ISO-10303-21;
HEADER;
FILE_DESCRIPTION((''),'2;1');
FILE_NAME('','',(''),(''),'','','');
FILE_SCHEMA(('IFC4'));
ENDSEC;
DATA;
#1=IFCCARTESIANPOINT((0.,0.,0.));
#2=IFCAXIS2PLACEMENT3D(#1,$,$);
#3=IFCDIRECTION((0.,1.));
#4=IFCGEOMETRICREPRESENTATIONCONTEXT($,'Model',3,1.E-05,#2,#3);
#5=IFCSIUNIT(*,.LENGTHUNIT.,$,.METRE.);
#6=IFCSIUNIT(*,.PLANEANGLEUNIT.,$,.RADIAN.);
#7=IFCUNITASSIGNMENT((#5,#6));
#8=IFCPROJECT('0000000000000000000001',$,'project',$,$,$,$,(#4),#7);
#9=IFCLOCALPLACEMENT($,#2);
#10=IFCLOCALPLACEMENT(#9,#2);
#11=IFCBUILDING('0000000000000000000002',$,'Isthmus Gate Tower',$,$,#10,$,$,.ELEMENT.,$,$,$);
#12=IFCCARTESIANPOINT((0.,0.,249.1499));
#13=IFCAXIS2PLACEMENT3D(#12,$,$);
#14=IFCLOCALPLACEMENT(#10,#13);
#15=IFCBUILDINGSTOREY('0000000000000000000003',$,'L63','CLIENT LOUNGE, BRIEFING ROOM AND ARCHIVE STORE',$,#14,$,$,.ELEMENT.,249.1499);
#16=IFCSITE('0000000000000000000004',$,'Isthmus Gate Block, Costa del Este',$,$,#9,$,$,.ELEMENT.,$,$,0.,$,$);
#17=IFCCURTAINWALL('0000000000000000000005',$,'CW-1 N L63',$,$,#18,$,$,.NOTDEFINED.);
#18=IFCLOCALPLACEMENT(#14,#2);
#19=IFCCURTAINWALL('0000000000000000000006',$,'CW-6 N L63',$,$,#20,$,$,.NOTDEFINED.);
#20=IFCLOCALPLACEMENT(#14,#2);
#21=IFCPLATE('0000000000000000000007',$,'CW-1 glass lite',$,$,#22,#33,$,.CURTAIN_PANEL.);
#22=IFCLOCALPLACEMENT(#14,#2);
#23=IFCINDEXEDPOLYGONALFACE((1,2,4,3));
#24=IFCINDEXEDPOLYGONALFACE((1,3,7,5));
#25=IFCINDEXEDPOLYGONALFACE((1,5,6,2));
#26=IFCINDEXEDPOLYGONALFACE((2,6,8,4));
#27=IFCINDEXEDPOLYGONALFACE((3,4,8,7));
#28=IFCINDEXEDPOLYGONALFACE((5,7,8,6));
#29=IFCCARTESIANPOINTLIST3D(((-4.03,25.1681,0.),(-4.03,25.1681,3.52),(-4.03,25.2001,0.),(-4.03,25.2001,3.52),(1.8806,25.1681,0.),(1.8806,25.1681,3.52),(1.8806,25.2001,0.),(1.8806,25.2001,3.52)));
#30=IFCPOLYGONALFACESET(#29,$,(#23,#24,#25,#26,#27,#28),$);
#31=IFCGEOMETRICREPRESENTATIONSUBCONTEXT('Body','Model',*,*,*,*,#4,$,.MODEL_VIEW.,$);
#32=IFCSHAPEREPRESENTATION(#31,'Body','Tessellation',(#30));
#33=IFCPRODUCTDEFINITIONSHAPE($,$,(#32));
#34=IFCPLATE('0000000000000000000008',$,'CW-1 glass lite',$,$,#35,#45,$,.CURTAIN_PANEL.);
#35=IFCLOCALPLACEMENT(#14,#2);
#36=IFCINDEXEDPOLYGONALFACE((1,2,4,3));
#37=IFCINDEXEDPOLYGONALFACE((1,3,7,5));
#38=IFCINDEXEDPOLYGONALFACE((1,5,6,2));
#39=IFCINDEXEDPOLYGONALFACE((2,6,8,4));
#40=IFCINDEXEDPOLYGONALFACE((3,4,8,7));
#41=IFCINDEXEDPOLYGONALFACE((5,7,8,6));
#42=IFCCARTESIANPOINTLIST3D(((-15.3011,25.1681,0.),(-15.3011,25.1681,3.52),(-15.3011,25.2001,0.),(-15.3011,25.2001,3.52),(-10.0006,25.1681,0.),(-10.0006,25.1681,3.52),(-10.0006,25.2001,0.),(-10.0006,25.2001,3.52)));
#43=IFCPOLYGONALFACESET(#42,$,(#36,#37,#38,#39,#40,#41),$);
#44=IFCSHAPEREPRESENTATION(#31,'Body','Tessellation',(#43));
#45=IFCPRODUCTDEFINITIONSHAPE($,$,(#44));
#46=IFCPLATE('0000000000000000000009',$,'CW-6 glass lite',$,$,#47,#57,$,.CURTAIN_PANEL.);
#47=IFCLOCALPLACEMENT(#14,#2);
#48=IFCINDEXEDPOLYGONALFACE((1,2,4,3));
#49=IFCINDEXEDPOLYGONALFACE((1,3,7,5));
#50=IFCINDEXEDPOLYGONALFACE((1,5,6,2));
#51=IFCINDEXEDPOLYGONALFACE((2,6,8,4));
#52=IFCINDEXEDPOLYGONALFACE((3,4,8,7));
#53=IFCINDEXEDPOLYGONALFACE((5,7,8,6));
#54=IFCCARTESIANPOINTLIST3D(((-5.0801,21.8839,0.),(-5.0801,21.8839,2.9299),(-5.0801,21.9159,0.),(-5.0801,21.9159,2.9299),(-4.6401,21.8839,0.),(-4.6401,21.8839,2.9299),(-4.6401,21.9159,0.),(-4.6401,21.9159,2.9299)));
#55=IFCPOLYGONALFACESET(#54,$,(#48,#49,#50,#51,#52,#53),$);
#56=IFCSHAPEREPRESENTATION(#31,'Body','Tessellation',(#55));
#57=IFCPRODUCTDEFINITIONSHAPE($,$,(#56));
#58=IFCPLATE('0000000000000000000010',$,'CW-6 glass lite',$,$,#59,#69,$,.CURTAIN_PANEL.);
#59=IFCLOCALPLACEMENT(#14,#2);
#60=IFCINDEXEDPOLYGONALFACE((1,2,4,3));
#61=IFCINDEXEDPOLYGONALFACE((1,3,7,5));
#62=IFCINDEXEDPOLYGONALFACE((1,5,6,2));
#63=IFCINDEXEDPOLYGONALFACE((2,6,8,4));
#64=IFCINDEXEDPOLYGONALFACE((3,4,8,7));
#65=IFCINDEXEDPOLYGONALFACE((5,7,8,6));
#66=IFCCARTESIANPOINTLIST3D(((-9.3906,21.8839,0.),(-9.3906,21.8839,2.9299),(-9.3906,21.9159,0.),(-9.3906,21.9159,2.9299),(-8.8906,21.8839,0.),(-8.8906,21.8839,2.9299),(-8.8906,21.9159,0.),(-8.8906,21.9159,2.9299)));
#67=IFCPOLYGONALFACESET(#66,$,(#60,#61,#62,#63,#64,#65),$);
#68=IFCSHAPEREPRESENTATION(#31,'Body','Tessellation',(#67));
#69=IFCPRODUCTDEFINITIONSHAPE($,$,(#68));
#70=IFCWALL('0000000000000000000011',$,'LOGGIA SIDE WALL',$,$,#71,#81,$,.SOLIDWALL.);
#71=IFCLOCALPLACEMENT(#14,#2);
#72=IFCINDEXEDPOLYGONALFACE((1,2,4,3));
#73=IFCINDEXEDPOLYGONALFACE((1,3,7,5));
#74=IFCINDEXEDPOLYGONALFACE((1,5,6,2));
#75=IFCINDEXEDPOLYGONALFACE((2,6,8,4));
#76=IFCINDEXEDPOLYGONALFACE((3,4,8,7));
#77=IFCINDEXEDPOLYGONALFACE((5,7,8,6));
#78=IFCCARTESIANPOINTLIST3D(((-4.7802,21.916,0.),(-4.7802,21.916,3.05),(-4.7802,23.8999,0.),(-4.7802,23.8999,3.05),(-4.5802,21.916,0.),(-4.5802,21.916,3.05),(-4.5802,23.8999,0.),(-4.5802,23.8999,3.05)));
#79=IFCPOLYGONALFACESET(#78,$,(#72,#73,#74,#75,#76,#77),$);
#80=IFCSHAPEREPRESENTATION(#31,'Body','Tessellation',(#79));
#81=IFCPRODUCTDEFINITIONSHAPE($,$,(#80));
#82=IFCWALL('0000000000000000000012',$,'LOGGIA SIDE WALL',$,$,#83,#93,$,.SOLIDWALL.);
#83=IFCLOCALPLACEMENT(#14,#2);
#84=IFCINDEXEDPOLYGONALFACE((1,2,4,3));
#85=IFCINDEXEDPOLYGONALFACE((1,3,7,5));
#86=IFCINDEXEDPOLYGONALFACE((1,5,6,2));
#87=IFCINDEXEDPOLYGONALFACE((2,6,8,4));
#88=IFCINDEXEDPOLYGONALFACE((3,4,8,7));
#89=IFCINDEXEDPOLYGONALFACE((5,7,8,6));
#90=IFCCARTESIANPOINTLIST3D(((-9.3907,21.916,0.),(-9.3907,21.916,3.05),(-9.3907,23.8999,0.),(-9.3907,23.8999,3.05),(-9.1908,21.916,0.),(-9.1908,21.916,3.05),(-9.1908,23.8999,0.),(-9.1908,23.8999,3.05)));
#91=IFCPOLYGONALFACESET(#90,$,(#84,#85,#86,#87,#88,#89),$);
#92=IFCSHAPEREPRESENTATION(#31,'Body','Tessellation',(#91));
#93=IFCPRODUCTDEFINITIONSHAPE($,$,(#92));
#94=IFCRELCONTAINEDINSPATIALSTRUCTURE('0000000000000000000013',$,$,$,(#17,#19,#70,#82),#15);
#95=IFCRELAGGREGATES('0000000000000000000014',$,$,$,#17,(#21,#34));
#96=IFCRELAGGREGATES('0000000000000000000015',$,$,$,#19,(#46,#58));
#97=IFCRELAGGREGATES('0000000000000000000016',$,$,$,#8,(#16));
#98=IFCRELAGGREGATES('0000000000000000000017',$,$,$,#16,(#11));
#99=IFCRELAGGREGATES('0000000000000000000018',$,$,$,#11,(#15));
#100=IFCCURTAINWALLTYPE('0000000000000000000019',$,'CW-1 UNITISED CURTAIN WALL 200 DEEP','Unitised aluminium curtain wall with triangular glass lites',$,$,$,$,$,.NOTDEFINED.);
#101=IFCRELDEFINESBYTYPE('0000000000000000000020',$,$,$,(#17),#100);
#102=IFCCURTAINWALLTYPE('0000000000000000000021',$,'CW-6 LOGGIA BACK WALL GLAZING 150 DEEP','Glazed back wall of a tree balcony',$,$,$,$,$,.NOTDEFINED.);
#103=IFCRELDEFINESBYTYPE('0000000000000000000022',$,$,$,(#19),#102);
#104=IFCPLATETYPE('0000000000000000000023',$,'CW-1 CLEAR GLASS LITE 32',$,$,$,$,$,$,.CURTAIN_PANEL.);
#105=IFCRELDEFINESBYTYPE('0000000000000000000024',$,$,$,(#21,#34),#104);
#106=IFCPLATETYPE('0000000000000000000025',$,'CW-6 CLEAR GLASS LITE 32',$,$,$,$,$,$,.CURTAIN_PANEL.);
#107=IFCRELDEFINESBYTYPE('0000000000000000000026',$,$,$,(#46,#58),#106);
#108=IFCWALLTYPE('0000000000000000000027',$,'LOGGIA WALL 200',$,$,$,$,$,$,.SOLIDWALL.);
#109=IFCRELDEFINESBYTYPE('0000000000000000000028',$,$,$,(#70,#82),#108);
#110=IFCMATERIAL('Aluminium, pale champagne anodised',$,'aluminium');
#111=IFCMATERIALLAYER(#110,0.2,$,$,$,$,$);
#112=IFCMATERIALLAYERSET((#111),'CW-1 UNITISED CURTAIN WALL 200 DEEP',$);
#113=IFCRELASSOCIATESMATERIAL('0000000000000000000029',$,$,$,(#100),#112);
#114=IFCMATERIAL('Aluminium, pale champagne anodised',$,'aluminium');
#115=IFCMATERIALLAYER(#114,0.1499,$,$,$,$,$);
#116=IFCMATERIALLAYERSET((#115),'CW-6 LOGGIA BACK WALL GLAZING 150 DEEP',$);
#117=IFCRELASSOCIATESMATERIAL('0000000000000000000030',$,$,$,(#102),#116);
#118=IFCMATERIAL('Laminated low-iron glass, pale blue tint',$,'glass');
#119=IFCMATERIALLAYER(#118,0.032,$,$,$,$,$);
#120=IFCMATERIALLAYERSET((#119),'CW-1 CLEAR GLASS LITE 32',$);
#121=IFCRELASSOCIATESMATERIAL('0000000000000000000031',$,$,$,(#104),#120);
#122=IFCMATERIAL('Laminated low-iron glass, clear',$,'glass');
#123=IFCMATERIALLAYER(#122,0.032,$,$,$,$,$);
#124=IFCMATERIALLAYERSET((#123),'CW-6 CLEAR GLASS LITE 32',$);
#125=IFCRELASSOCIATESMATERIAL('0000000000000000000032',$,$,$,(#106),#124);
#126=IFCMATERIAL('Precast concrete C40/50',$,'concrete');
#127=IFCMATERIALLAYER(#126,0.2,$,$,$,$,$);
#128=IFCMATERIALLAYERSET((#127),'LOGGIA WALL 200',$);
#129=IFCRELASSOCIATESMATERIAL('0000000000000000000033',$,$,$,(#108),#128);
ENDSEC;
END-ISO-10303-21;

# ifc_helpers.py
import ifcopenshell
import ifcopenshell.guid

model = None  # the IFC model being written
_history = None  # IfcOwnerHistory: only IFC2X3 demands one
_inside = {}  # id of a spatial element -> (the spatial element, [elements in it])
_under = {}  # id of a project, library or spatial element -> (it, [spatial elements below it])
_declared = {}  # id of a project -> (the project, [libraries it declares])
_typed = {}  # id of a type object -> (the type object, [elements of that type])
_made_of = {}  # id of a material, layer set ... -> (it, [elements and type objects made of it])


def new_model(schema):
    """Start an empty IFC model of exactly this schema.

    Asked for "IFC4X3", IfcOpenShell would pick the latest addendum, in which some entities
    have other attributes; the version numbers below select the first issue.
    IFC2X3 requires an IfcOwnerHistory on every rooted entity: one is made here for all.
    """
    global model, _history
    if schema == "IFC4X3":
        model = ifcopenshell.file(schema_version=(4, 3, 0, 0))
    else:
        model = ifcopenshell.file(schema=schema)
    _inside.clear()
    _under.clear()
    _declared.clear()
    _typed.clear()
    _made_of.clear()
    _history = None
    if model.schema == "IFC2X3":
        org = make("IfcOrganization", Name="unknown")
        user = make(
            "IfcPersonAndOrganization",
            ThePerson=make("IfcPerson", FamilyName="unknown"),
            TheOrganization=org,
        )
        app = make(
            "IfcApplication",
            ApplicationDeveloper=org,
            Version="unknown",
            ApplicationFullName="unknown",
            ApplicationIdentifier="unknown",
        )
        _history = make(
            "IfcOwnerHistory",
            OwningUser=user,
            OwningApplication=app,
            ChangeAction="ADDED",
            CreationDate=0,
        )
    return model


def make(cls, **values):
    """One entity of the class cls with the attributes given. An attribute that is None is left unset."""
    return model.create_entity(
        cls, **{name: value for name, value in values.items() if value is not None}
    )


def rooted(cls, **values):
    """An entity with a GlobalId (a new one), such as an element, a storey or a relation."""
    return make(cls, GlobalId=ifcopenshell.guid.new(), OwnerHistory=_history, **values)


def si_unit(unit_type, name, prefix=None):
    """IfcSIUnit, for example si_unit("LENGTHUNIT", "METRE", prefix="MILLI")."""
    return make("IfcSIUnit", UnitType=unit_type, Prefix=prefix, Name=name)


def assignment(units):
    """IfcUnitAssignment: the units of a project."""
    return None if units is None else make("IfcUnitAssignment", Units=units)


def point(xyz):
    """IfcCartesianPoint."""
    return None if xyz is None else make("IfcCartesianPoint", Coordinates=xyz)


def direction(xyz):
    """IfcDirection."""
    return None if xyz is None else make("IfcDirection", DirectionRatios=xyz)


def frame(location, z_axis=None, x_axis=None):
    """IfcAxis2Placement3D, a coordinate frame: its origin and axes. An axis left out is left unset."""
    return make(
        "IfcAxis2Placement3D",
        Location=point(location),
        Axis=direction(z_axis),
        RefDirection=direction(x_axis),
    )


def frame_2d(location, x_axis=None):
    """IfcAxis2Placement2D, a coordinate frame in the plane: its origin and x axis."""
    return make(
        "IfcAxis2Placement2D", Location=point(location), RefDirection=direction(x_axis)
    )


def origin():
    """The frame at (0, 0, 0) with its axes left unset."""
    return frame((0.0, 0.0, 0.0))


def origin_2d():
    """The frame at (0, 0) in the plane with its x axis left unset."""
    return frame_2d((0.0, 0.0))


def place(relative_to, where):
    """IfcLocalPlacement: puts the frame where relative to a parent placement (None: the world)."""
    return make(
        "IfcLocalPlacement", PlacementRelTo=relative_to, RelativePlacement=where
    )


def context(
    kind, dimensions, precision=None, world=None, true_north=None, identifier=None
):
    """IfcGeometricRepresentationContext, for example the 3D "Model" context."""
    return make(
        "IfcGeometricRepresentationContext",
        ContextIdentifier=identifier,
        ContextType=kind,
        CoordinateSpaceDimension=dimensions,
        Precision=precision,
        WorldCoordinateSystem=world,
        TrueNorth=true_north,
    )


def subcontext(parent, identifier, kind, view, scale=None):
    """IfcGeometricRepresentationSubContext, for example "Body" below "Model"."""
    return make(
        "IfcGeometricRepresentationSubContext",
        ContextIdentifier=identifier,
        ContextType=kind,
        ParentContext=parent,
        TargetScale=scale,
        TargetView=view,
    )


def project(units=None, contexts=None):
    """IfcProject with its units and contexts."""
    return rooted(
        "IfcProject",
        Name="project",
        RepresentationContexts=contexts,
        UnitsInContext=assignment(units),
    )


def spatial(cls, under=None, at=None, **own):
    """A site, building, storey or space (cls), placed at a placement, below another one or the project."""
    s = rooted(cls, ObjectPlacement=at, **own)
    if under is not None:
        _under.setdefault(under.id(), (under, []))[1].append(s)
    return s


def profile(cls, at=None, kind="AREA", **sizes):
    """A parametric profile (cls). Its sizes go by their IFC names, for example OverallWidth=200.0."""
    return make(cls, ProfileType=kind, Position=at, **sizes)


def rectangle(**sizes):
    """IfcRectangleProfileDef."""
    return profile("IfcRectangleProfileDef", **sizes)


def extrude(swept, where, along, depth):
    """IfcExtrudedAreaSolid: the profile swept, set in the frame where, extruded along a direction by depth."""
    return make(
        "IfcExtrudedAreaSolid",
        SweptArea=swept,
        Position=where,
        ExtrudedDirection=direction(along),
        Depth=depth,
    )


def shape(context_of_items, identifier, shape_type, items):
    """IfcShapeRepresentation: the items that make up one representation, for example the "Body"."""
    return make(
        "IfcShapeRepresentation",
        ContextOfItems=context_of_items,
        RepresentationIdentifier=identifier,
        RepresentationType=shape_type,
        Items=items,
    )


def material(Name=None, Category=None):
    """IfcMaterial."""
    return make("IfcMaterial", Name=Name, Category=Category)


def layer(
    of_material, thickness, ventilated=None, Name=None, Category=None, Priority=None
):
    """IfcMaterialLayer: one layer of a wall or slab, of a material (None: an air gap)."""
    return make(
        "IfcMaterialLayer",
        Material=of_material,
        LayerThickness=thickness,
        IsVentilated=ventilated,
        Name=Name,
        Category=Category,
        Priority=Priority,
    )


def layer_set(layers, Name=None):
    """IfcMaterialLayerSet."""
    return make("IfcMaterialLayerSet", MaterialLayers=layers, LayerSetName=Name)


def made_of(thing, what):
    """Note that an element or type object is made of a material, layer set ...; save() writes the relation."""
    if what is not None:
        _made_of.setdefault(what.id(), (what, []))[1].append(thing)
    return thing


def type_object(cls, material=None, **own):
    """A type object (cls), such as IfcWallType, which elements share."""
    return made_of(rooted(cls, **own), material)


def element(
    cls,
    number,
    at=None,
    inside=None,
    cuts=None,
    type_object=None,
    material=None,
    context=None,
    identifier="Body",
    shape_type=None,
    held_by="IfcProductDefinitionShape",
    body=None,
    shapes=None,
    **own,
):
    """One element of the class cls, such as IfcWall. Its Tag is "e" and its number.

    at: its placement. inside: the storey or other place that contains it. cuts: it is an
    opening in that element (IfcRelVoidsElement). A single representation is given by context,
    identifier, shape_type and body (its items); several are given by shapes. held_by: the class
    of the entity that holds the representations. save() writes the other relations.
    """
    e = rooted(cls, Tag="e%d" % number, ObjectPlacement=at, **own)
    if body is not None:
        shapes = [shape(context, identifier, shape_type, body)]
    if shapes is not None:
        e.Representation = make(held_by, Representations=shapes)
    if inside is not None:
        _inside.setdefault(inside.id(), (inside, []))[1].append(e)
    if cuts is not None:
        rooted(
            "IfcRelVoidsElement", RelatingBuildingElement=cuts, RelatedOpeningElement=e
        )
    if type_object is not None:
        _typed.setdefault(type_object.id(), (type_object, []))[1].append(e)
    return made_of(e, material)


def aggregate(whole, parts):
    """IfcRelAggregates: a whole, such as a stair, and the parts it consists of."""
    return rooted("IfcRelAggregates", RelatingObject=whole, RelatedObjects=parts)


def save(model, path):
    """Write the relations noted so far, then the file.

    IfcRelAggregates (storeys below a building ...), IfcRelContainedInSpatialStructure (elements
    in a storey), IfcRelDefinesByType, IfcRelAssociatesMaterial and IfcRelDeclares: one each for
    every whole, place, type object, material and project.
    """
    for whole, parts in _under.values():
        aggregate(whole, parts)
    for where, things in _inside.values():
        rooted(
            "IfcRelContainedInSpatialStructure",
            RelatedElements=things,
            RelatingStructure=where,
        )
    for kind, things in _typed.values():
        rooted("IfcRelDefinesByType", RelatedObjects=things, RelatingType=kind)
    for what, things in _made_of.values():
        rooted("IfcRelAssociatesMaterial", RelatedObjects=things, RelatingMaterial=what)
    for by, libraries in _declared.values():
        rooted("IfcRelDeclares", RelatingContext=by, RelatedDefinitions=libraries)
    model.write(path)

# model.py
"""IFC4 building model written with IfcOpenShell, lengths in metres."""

from ifc_helpers import new_model, si_unit, direction, frame, frame_2d, origin, origin_2d, place, context, subcontext, project, spatial, rectangle, extrude, material, layer, layer_set, type_object, element, aggregate, save


model = new_model("IFC4")

# Units and contexts
model_context = context("Model", 3, precision=1e-05, world=origin(), true_north=direction((0.0, 1.0)))
body_context = subcontext(model_context, "Body", "Model", "MODEL_VIEW")
ifc_project = project(units=[si_unit("LENGTHUNIT", "METRE"), si_unit("PLANEANGLEUNIT", "RADIAN")], contexts=[model_context])

# Site, building, storey
site_placement = place(None, origin())
site = spatial("IfcSite", under=ifc_project, at=site_placement, Name="Isthmus Gate Block, Costa del Este", CompositionType="ELEMENT", RefElevation=0.0)
building_placement = place(site_placement, origin())
building = spatial("IfcBuilding", under=site, at=building_placement, Name="Isthmus Gate Tower", CompositionType="ELEMENT")
storey_placement = place(building_placement, frame((0.0, 0.0, 249.1499)))
storey = spatial("IfcBuildingStorey", under=building, at=storey_placement, Name="L63", Description="CLIENT LOUNGE, BRIEFING ROOM AND ARCHIVE STORE", CompositionType="ELEMENT", Elevation=249.1499)

# Curtain walls
ifc_material_1 = material(Name="Aluminium, pale champagne anodised", Category="aluminium")
ifc_layer_1 = layer(ifc_material_1, 0.2)
ifc_layer_set_1 = layer_set([ifc_layer_1], Name="CW-1 UNITISED CURTAIN WALL 200 DEEP")
curtain_wall_type_1 = type_object("IfcCurtainWallType", Name="CW-1 UNITISED CURTAIN WALL 200 DEEP", Description="Unitised aluminium curtain wall with triangular glass lites", PredefinedType="NOTDEFINED", material=ifc_layer_set_1)
curtain_wall_1_placement = place(storey_placement, origin())
curtain_wall_1 = element("IfcCurtainWall", 1, at=curtain_wall_1_placement, inside=storey, type_object=curtain_wall_type_1, Name="CW-1 N L63", PredefinedType="NOTDEFINED")
ifc_material_2 = material(Name="Aluminium, pale champagne anodised", Category="aluminium")
ifc_layer_2 = layer(ifc_material_2, 0.1499)
ifc_layer_set_2 = layer_set([ifc_layer_2], Name="CW-6 LOGGIA BACK WALL GLAZING 150 DEEP")
curtain_wall_type_2 = type_object("IfcCurtainWallType", Name="CW-6 LOGGIA BACK WALL GLAZING 150 DEEP", Description="Glazed back wall of a tree balcony", PredefinedType="NOTDEFINED", material=ifc_layer_set_2)
curtain_wall_2_placement = place(storey_placement, origin())
curtain_wall_2 = element("IfcCurtainWall", 2, at=curtain_wall_2_placement, inside=storey, type_object=curtain_wall_type_2, Name="CW-6 N L63", PredefinedType="NOTDEFINED")

# Plates
ifc_material_3 = material(Name="Laminated low-iron glass, pale blue tint", Category="glass")
ifc_layer_3 = layer(ifc_material_3, 0.032)
ifc_layer_set_3 = layer_set([ifc_layer_3], Name="CW-1 CLEAR GLASS LITE 32")
plate_type_1 = type_object("IfcPlateType", Name="CW-1 CLEAR GLASS LITE 32", PredefinedType="CURTAIN_PANEL", material=ifc_layer_set_3)
plate_1_placement = place(storey_placement, frame((-1.0747, 25.1841, 0.0), z_axis=(0.0, 0.0, 1.0), x_axis=(-1.0, 0.0, 0.0)))
plate_1 = element("IfcPlate", 3, at=plate_1_placement, type_object=plate_type_1, Name="CW-1 glass lite", PredefinedType="CURTAIN_PANEL", context=body_context, shape_type="SweptSolid", body=[
    extrude(rectangle(XDim=5.9106, YDim=0.032, at=origin_2d()), origin(), (0.0, 0.0, 1.0), 3.52),
])
plate_2_placement = place(storey_placement, frame((-12.6509, 25.1841, 0.0), z_axis=(0.0, 0.0, 1.0), x_axis=(-1.0, 0.0, 0.0)))
plate_2 = element("IfcPlate", 4, at=plate_2_placement, type_object=plate_type_1, Name="CW-1 glass lite", PredefinedType="CURTAIN_PANEL", context=body_context, shape_type="SweptSolid", body=[
    extrude(rectangle(XDim=5.3005, YDim=0.032, at=origin_2d()), origin(), (0.0, 0.0, 1.0), 3.52),
])
aggregate(curtain_wall_1, [plate_1, plate_2])
ifc_material_4 = material(Name="Laminated low-iron glass, clear", Category="glass")
ifc_layer_4 = layer(ifc_material_4, 0.032)
ifc_layer_set_4 = layer_set([ifc_layer_4], Name="CW-6 CLEAR GLASS LITE 32")
plate_type_2 = type_object("IfcPlateType", Name="CW-6 CLEAR GLASS LITE 32", PredefinedType="CURTAIN_PANEL", material=ifc_layer_set_4)
plate_3_placement = place(storey_placement, frame((-4.8601, 21.8999, 0.0), z_axis=(0.0, 0.0, 1.0), x_axis=(-1.0, 0.0, 0.0)))
plate_3 = element("IfcPlate", 5, at=plate_3_placement, type_object=plate_type_2, Name="CW-6 glass lite", PredefinedType="CURTAIN_PANEL", context=body_context, shape_type="SweptSolid", body=[
    extrude(rectangle(XDim=0.4399, YDim=0.032, at=origin_2d()), origin(), (0.0, 0.0, 1.0), 2.9299),
])
plate_4_placement = place(storey_placement, frame((-9.1406, 21.8999, 0.0), z_axis=(0.0, 0.0, 1.0), x_axis=(-1.0, 0.0, 0.0)))
plate_4 = element("IfcPlate", 6, at=plate_4_placement, type_object=plate_type_2, Name="CW-6 glass lite", PredefinedType="CURTAIN_PANEL", context=body_context, shape_type="SweptSolid", body=[
    extrude(rectangle(XDim=0.5, YDim=0.032, at=origin_2d()), origin(), (0.0, 0.0, 1.0), 2.9299),
])
aggregate(curtain_wall_2, [plate_3, plate_4])

# Shared definitions
ifc_material_5 = material(Name="Precast concrete C40/50", Category="concrete")
ifc_layer_5 = layer(ifc_material_5, 0.2)
ifc_layer_set_5 = layer_set([ifc_layer_5], Name="LOGGIA WALL 200")
wall_type = type_object("IfcWallType", Name="LOGGIA WALL 200", PredefinedType="SOLIDWALL", material=ifc_layer_set_5)

# Walls
for number, where, z_axis, x_axis, name in (
    (7, (-4.6802, 23.8999, 0.0), (0.0, 0.0, 1.0), (0.0, -1.0, 0.0), "LOGGIA SIDE WALL"),
    (8, (-9.2908, 23.8999, 0.0), (0.0, 0.0, 1.0), (0.0, -1.0, 0.0), "LOGGIA SIDE WALL"),
):
    element("IfcWall", number, at=place(storey_placement, frame(where, z_axis=z_axis, x_axis=x_axis)), inside=storey, type_object=wall_type, Name=name, PredefinedType="SOLIDWALL", context=body_context, shape_type="SweptSolid", body=[
        extrude(rectangle(XDim=1.9839, YDim=0.2, at=frame_2d((0.9919, 0.0))), origin(), (0.0, 0.0, 1.0), 3.05),
    ])

save(model, "model.ifc")
